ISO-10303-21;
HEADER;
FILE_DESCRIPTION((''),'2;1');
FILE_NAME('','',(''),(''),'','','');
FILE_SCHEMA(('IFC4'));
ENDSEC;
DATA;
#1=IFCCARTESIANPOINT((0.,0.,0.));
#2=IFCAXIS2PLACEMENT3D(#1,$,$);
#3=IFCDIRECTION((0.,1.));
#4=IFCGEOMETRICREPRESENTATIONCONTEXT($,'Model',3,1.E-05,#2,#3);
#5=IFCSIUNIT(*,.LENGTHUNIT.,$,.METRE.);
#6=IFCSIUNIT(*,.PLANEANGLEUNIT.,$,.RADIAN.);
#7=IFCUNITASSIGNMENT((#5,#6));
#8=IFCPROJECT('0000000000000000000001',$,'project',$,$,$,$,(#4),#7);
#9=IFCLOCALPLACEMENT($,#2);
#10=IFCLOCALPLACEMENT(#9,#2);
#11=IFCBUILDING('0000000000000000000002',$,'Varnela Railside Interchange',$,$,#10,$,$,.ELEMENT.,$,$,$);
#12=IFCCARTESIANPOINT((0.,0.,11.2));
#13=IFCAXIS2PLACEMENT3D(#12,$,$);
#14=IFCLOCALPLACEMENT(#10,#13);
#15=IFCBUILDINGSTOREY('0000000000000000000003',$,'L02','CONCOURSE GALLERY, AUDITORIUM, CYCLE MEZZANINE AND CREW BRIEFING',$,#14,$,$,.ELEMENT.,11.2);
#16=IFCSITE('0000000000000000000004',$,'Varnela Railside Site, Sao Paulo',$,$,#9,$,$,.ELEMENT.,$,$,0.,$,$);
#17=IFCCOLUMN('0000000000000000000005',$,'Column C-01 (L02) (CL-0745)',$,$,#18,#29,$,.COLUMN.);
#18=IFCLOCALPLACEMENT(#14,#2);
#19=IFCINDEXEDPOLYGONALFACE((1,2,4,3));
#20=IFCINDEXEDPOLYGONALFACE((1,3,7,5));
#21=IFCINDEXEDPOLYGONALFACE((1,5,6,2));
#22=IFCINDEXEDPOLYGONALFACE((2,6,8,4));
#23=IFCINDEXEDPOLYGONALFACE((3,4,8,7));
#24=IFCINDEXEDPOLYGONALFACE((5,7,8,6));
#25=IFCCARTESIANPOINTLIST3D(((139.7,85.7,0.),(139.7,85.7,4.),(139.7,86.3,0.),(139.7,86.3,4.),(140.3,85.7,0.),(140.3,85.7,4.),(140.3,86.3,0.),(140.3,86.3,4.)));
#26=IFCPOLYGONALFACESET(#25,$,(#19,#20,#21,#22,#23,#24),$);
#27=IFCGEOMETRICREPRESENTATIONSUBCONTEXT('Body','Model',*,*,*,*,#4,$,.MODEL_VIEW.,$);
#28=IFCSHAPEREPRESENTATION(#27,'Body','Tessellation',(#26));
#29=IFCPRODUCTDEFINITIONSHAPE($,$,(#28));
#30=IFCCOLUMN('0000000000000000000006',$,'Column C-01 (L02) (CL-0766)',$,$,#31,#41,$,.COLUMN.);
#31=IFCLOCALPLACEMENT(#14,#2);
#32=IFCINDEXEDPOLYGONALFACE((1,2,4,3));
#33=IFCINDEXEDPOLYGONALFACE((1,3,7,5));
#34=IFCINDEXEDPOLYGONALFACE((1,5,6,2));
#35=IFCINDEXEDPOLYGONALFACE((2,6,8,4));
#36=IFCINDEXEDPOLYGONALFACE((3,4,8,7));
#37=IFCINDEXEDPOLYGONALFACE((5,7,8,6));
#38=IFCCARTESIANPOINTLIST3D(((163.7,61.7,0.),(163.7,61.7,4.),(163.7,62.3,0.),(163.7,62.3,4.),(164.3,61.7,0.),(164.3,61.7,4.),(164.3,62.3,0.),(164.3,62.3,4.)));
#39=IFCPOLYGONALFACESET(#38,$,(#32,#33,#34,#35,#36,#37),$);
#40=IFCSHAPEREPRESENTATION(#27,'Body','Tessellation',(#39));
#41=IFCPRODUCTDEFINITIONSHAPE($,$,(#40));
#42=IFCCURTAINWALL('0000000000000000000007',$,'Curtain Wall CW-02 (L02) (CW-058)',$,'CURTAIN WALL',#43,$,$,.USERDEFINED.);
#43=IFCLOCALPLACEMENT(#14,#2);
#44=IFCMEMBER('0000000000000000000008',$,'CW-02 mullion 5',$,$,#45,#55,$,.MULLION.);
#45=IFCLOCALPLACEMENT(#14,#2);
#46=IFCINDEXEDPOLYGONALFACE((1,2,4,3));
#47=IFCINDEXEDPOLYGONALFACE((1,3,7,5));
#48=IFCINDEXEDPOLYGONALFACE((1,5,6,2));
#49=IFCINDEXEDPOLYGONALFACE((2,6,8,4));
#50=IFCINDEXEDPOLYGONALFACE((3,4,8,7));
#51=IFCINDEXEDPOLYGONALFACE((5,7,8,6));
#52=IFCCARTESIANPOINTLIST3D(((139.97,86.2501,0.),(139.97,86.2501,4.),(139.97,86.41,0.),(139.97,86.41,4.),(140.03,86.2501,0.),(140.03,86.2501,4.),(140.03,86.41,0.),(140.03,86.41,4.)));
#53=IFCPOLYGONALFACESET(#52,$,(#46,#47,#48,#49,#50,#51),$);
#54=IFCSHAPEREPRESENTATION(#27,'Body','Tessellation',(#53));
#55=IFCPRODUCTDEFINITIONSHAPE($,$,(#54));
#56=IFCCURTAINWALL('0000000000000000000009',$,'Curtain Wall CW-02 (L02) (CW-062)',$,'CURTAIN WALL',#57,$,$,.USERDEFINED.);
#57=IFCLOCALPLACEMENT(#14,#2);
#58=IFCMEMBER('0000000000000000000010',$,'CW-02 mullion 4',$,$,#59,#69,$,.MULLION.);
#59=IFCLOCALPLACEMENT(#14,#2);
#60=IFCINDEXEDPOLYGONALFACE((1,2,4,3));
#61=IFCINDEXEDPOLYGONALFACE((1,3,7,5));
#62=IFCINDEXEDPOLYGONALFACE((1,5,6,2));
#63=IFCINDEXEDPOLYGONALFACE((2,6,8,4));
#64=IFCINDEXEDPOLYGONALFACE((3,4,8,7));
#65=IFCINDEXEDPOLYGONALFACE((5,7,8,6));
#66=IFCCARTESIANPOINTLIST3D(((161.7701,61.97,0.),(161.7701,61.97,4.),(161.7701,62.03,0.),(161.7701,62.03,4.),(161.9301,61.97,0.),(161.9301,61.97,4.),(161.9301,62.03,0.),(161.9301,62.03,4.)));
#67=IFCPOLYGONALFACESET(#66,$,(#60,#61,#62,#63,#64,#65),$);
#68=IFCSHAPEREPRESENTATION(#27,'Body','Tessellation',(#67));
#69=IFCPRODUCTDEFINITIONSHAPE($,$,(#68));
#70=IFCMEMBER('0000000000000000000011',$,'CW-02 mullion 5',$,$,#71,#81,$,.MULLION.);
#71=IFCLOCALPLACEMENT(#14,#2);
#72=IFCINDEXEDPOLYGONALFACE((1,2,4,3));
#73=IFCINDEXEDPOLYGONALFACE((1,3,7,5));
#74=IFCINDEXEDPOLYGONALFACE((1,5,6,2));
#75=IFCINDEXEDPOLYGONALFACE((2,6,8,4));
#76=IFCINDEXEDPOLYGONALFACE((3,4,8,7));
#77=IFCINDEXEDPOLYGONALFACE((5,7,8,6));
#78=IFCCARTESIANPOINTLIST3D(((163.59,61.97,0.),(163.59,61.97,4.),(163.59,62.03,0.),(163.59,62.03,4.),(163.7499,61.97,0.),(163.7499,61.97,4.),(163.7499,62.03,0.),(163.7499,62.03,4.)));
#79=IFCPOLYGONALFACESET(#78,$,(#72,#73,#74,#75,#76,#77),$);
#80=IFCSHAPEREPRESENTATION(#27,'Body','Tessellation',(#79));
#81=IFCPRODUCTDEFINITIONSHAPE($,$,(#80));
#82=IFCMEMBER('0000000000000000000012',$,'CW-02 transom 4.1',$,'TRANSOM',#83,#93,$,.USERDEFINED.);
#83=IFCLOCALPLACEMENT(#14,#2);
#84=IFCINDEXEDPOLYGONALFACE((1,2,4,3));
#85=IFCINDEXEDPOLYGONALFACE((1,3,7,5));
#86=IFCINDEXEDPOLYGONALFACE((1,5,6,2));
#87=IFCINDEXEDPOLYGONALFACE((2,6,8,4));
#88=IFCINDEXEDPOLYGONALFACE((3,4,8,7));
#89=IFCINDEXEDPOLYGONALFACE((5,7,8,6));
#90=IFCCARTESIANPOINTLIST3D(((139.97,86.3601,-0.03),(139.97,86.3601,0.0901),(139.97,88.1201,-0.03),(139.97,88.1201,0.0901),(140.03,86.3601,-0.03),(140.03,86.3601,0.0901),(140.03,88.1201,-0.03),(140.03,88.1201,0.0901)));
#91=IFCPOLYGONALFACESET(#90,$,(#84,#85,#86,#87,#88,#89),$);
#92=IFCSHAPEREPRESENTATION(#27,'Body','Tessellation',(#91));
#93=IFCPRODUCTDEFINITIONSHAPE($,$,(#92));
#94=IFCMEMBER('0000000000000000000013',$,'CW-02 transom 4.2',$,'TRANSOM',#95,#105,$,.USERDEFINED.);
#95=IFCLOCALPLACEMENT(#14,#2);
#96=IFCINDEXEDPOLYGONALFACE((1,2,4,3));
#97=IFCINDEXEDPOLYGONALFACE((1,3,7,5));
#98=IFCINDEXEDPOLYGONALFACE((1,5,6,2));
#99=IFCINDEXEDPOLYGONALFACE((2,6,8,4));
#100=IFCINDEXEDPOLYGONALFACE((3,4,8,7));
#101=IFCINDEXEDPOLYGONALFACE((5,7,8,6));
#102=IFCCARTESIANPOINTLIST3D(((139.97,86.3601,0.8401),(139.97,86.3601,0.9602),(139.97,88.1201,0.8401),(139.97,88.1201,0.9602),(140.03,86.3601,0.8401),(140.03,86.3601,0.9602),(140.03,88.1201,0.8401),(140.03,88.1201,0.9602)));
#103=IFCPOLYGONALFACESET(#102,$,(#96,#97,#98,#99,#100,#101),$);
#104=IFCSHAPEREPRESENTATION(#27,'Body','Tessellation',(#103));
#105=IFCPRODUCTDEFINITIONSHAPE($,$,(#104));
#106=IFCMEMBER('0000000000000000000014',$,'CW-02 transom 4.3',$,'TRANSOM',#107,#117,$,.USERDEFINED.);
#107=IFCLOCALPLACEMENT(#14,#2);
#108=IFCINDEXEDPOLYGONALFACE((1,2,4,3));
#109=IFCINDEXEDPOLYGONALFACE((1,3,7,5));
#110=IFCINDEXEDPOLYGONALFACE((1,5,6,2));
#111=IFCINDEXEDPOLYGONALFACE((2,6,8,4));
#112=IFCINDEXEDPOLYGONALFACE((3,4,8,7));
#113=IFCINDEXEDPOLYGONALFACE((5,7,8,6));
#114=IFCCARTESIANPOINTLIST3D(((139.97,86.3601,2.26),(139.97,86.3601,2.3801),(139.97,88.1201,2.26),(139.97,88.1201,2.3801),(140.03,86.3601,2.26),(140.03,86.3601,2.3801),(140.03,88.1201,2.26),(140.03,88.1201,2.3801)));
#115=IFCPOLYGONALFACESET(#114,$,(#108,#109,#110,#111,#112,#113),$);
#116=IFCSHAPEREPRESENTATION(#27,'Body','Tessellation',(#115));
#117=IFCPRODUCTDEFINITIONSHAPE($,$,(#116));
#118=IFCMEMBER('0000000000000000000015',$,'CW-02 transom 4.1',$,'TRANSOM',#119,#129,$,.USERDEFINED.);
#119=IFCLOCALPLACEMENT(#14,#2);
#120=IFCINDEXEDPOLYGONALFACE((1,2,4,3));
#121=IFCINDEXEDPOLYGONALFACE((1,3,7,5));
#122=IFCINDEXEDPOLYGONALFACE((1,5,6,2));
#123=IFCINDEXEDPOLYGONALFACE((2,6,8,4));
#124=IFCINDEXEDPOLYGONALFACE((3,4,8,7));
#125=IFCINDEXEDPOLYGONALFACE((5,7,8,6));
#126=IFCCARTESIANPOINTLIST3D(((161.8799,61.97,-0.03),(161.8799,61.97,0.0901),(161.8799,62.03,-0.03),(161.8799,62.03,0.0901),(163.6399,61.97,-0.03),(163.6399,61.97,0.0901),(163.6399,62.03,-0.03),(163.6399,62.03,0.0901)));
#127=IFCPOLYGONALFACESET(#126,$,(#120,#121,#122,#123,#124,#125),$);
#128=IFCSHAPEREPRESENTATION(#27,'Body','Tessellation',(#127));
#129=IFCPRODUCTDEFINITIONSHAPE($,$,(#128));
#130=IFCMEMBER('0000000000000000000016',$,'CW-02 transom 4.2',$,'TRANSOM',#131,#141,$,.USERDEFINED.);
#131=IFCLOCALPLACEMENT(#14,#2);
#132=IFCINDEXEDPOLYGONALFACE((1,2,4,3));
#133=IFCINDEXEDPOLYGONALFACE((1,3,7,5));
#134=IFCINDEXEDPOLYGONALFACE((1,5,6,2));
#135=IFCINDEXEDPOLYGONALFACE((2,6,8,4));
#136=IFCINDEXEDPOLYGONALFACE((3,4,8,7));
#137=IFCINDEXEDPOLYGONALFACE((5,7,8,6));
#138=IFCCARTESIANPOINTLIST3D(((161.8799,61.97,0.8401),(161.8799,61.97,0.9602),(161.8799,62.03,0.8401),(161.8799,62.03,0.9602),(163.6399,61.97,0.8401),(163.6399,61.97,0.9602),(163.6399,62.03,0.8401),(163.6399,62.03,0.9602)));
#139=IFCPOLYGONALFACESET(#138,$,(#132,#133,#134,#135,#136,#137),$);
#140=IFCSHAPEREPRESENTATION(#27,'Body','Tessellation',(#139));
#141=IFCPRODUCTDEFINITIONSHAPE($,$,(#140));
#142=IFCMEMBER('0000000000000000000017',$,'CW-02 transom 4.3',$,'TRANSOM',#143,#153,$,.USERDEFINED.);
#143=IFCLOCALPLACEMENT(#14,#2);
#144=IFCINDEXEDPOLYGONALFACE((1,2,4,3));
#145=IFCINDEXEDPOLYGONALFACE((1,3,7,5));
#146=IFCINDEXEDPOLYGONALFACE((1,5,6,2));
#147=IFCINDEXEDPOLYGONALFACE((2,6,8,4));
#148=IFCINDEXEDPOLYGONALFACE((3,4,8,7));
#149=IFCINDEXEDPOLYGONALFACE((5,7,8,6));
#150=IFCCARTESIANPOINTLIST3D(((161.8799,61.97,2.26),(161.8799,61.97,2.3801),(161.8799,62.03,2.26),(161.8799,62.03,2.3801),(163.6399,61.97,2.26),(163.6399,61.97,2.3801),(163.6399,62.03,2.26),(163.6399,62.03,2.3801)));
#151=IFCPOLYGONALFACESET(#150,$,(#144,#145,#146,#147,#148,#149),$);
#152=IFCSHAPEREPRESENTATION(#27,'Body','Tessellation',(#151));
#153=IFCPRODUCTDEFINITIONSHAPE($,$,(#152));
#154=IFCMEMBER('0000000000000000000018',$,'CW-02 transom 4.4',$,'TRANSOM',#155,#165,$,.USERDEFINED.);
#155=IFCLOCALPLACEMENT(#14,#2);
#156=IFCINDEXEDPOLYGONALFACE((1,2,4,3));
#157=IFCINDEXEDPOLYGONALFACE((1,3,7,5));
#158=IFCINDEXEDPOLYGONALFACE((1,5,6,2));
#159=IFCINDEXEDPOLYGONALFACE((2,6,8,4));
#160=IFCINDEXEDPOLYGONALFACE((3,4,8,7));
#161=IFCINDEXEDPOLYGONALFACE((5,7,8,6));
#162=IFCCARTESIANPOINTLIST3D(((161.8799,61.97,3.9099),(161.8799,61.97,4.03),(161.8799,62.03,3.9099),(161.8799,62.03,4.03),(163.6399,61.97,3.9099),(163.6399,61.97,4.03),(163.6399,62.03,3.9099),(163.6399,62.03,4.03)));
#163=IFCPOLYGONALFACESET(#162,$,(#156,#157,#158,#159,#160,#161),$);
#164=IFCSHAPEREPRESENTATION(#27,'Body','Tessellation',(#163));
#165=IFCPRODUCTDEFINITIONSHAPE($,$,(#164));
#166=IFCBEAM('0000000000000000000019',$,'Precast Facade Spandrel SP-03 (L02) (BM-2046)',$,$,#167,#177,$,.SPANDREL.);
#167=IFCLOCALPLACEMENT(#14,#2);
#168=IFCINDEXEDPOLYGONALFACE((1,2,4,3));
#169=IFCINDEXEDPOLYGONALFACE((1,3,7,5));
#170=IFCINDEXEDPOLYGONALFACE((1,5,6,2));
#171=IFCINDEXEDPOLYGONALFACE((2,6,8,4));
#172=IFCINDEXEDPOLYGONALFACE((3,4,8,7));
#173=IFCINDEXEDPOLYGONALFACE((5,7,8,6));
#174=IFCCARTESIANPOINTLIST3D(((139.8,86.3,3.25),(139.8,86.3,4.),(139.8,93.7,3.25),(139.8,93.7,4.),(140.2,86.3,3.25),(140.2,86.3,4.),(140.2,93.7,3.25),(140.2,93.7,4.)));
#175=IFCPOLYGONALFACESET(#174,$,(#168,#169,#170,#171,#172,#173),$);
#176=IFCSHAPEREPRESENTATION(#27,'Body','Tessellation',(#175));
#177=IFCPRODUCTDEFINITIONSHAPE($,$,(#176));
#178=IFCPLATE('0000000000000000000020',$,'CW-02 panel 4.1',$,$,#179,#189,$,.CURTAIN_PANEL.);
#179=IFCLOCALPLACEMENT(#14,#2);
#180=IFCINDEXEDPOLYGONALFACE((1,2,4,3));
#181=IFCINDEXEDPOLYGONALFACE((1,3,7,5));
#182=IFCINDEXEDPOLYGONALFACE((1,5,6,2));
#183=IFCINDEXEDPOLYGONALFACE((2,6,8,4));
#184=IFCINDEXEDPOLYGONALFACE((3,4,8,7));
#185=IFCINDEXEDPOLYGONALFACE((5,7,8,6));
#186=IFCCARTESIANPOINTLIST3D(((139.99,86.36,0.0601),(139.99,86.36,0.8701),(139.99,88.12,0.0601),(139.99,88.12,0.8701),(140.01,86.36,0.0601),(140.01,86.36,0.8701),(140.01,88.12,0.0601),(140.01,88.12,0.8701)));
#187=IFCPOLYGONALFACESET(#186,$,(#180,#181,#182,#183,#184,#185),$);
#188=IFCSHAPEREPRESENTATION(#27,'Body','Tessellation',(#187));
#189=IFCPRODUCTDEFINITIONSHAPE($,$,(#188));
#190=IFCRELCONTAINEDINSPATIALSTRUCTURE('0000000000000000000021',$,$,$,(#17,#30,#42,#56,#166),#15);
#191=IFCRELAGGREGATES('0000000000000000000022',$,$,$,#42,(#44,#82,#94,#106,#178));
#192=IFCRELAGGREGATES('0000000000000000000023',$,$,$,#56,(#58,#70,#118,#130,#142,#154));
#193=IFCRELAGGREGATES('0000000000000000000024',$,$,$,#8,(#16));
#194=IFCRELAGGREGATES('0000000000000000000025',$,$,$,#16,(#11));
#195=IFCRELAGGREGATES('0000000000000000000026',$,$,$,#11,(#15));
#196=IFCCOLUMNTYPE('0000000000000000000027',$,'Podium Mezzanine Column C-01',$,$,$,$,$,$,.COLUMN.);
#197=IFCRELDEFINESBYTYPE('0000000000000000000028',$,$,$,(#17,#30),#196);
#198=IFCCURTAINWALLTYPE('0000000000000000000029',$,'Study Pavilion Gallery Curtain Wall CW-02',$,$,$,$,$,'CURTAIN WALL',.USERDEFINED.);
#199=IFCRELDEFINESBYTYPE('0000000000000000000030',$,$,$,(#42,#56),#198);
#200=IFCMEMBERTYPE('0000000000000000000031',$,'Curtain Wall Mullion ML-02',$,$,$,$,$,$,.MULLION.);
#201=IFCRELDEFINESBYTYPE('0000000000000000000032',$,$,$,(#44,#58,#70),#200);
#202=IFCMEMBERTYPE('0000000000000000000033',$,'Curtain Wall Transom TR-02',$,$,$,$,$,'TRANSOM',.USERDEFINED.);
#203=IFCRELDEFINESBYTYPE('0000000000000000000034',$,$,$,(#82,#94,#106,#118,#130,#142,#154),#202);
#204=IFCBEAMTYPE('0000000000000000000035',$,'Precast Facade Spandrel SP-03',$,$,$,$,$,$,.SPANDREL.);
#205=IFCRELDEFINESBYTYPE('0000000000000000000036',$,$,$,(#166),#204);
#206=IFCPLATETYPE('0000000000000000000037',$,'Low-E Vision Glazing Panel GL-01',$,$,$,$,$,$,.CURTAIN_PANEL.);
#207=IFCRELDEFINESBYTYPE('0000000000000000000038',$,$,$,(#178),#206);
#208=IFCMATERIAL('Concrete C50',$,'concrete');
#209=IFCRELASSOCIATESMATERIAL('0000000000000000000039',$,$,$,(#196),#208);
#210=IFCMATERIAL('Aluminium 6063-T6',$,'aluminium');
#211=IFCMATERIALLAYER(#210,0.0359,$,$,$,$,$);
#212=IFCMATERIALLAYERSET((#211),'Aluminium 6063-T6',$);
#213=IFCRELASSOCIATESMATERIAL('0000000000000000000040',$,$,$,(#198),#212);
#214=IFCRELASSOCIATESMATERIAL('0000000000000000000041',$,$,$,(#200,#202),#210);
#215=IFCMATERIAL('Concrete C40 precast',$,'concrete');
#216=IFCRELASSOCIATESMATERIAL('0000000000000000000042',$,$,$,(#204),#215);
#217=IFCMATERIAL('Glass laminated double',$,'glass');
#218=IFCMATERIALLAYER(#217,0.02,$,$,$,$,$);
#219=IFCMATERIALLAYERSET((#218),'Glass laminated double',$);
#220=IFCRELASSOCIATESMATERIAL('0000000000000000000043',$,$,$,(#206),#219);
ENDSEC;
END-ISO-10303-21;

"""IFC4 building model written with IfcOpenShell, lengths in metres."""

from ifc_helpers import new_model, si_unit, direction, frame, origin, origin_2d, place, context, subcontext, project, spatial, rectangle, extrude, material, layer, layer_set, material_profile, profile_set, type_object, element, aggregate, save


model = new_model("IFC4")

# Units and contexts
model_context = context("Model", 3, precision=1e-05, world=origin(), true_north=direction((0.0, 1.0)))
body_context = subcontext(model_context, "Body", "Model", "MODEL_VIEW")
ifc_project = project(units=[si_unit("LENGTHUNIT", "METRE"), si_unit("PLANEANGLEUNIT", "RADIAN")], contexts=[model_context])

# Site, building, storey
site_placement = place(None, origin())
site = spatial("IfcSite", under=ifc_project, at=site_placement, Name="Varnela Railside Site, Sao Paulo", CompositionType="ELEMENT", RefElevation=0.0)
building_placement = place(site_placement, origin())
building = spatial("IfcBuilding", under=site, at=building_placement, Name="Varnela Railside Interchange", CompositionType="ELEMENT")
storey_placement = place(building_placement, frame((0.0, 0.0, 11.2)))
storey = spatial("IfcBuildingStorey", under=building, at=storey_placement, Name="L02", Description="CONCOURSE GALLERY, AUDITORIUM, CYCLE MEZZANINE AND CREW BRIEFING", CompositionType="ELEMENT", Elevation=11.2)

# Columns
ifc_material_1 = material(Name="Concrete C50", Category="concrete")
ifc_material_profile_1 = material_profile(ifc_material_1, rectangle(XDim=0.6001, YDim=0.6001, at=origin_2d()), Name="RC 600x600")
ifc_profile_set_1 = profile_set([ifc_material_profile_1], Name="Concrete C50")
column_type = type_object("IfcColumnType", Name="Podium Mezzanine Column C-01", PredefinedType="COLUMN", material=ifc_profile_set_1)
for number, where, z_axis, x_axis, name in (
    (1, (140.0, 86.0, 0.0), (0.0, 0.0, 1.0), (1.0, 0.0, 0.0), "Column C-01 (L02) (CL-0745)"),
    (2, (164.0, 62.0, 0.0), (0.0, 0.0, 1.0), (1.0, 0.0, 0.0), "Column C-01 (L02) (CL-0766)"),
):
    element("IfcColumn", number, at=place(storey_placement, frame(where, z_axis=z_axis, x_axis=x_axis)), inside=storey, type_object=column_type, Name=name, PredefinedType="COLUMN", context=body_context, shape_type="SweptSolid", body=[
        extrude(rectangle(XDim=0.6001, YDim=0.6001, at=origin_2d()), origin(), (0.0, 0.0, 1.0), 4.0),
    ])

# Curtain wall, member
ifc_material_2 = material(Name="Aluminium 6063-T6", Category="aluminium")
ifc_layer_1 = layer(ifc_material_2, 0.0359)
ifc_layer_set_1 = layer_set([ifc_layer_1], Name="Aluminium 6063-T6")
curtain_wall_type = type_object("IfcCurtainWallType", Name="Study Pavilion Gallery Curtain Wall CW-02", ElementType="CURTAIN WALL", PredefinedType="USERDEFINED", material=ifc_layer_set_1)
curtain_wall_1_placement = place(storey_placement, origin())
curtain_wall_1 = element("IfcCurtainWall", 3, at=curtain_wall_1_placement, inside=storey, type_object=curtain_wall_type, Name="Curtain Wall CW-02 (L02) (CW-058)", ObjectType="CURTAIN WALL", PredefinedType="USERDEFINED")
ifc_material_profile_2 = material_profile(ifc_material_2, rectangle(XDim=0.0601, YDim=0.1599, at=origin_2d()), Name="ALU 60x160")
ifc_profile_set_2 = profile_set([ifc_material_profile_2], Name="Aluminium 6063-T6")
member_type_1 = type_object("IfcMemberType", Name="Curtain Wall Mullion ML-02", PredefinedType="MULLION", material=ifc_profile_set_2)
member_1_placement = place(storey_placement, frame((140.0, 86.3301, 0.0), z_axis=(0.0, 0.0, 1.0), x_axis=(1.0, 0.0, 0.0)))
member_1 = element("IfcMember", 4, at=member_1_placement, type_object=member_type_1, Name="CW-02 mullion 5", PredefinedType="MULLION", context=body_context, shape_type="SweptSolid", body=[
    extrude(rectangle(XDim=0.0601, YDim=0.1599, at=origin_2d()), origin(), (0.0, 0.0, 1.0), 4.0),
])

# Curtain wall, members
curtain_wall_2_placement = place(storey_placement, origin())
curtain_wall_2 = element("IfcCurtainWall", 5, at=curtain_wall_2_placement, inside=storey, type_object=curtain_wall_type, Name="Curtain Wall CW-02 (L02) (CW-062)", ObjectType="CURTAIN WALL", PredefinedType="USERDEFINED")
member_2_placement = place(storey_placement, frame((161.8501, 62.0, 0.0), z_axis=(0.0, 0.0, 1.0), x_axis=(0.0, 1.0, 0.0)))
member_2 = element("IfcMember", 6, at=member_2_placement, type_object=member_type_1, Name="CW-02 mullion 4", PredefinedType="MULLION", context=body_context, shape_type="SweptSolid", body=[
    extrude(rectangle(XDim=0.0601, YDim=0.1599, at=origin_2d()), origin(), (0.0, 0.0, 1.0), 4.0),
])
member_3_placement = place(storey_placement, frame((163.6699, 62.0, 0.0), z_axis=(0.0, 0.0, 1.0), x_axis=(0.0, 1.0, 0.0)))
member_3 = element("IfcMember", 7, at=member_3_placement, type_object=member_type_1, Name="CW-02 mullion 5", PredefinedType="MULLION", context=body_context, shape_type="SweptSolid", body=[
    extrude(rectangle(XDim=0.0601, YDim=0.1599, at=origin_2d()), origin(), (0.0, 0.0, 1.0), 4.0),
])

# Members
ifc_material_profile_3 = material_profile(ifc_material_2, rectangle(XDim=0.0601, YDim=0.1201, at=origin_2d()), Name="ALU 60x120")
ifc_profile_set_3 = profile_set([ifc_material_profile_3], Name="Aluminium 6063-T6")
member_type_2 = type_object("IfcMemberType", Name="Curtain Wall Transom TR-02", ElementType="TRANSOM", PredefinedType="USERDEFINED", material=ifc_profile_set_3)
member_4_placement = place(storey_placement, frame((140.0, 88.1201, 0.03), z_axis=(0.0, -1.0, 0.0), x_axis=(1.0, 0.0, 0.0)))
member_4 = element("IfcMember", 8, at=member_4_placement, type_object=member_type_2, Name="CW-02 transom 4.1", ObjectType="TRANSOM", PredefinedType="USERDEFINED", context=body_context, shape_type="SweptSolid", body=[
    extrude(rectangle(XDim=0.0601, YDim=0.1201, at=origin_2d()), origin(), (0.0, 0.0, 1.0), 1.76),
])
member_5_placement = place(storey_placement, frame((140.0, 88.1201, 0.9001), z_axis=(0.0, -1.0, 0.0), x_axis=(1.0, 0.0, 0.0)))
member_5 = element("IfcMember", 9, at=member_5_placement, type_object=member_type_2, Name="CW-02 transom 4.2", ObjectType="TRANSOM", PredefinedType="USERDEFINED", context=body_context, shape_type="SweptSolid", body=[
    extrude(rectangle(XDim=0.0601, YDim=0.1201, at=origin_2d()), origin(), (0.0, 0.0, 1.0), 1.76),
])
member_6_placement = place(storey_placement, frame((140.0, 88.1201, 2.3201), z_axis=(0.0, -1.0, 0.0), x_axis=(1.0, 0.0, 0.0)))
member_6 = element("IfcMember", 10, at=member_6_placement, type_object=member_type_2, Name="CW-02 transom 4.3", ObjectType="TRANSOM", PredefinedType="USERDEFINED", context=body_context, shape_type="SweptSolid", body=[
    extrude(rectangle(XDim=0.0601, YDim=0.1201, at=origin_2d()), origin(), (0.0, 0.0, 1.0), 1.76),
])
member_7_placement = place(storey_placement, frame((161.8799, 62.0, 0.03), z_axis=(1.0, 0.0, 0.0), x_axis=(0.0, 1.0, 0.0)))
member_7 = element("IfcMember", 11, at=member_7_placement, type_object=member_type_2, Name="CW-02 transom 4.1", ObjectType="TRANSOM", PredefinedType="USERDEFINED", context=body_context, shape_type="SweptSolid", body=[
    extrude(rectangle(XDim=0.0601, YDim=0.1201, at=origin_2d()), origin(), (0.0, 0.0, 1.0), 1.76),
])
member_8_placement = place(storey_placement, frame((161.8799, 62.0, 0.9001), z_axis=(1.0, 0.0, 0.0), x_axis=(0.0, 1.0, 0.0)))
member_8 = element("IfcMember", 12, at=member_8_placement, type_object=member_type_2, Name="CW-02 transom 4.2", ObjectType="TRANSOM", PredefinedType="USERDEFINED", context=body_context, shape_type="SweptSolid", body=[
    extrude(rectangle(XDim=0.0601, YDim=0.1201, at=origin_2d()), origin(), (0.0, 0.0, 1.0), 1.76),
])
member_9_placement = place(storey_placement, frame((161.8799, 62.0, 2.3201), z_axis=(1.0, 0.0, 0.0), x_axis=(0.0, 1.0, 0.0)))
member_9 = element("IfcMember", 13, at=member_9_placement, type_object=member_type_2, Name="CW-02 transom 4.3", ObjectType="TRANSOM", PredefinedType="USERDEFINED", context=body_context, shape_type="SweptSolid", body=[
    extrude(rectangle(XDim=0.0601, YDim=0.1201, at=origin_2d()), origin(), (0.0, 0.0, 1.0), 1.76),
])
member_10_placement = place(storey_placement, frame((161.8799, 62.0, 3.97), z_axis=(1.0, 0.0, 0.0), x_axis=(0.0, 1.0, 0.0)))
member_10 = element("IfcMember", 14, at=member_10_placement, type_object=member_type_2, Name="CW-02 transom 4.4", ObjectType="TRANSOM", PredefinedType="USERDEFINED", context=body_context, shape_type="SweptSolid", body=[
    extrude(rectangle(XDim=0.0601, YDim=0.1201, at=origin_2d()), origin(), (0.0, 0.0, 1.0), 1.76),
])

# Beam
ifc_material_3 = material(Name="Concrete C40 precast", Category="concrete")
ifc_material_profile_4 = material_profile(ifc_material_3, rectangle(XDim=0.3999, YDim=0.75, at=origin_2d()), Name="PC 400x750")
ifc_profile_set_4 = profile_set([ifc_material_profile_4], Name="Concrete C40 precast")
beam_type = type_object("IfcBeamType", Name="Precast Facade Spandrel SP-03", PredefinedType="SPANDREL", material=ifc_profile_set_4)
beam_placement = place(storey_placement, frame((140.0, 86.3, 3.625), z_axis=(0.0, 1.0, 0.0), x_axis=(-1.0, 0.0, 0.0)))
element("IfcBeam", 15, at=beam_placement, inside=storey, type_object=beam_type, Name="Precast Facade Spandrel SP-03 (L02) (BM-2046)", PredefinedType="SPANDREL", context=body_context, shape_type="SweptSolid", body=[
    extrude(rectangle(XDim=0.3999, YDim=0.75, at=origin_2d()), origin(), (0.0, 0.0, 1.0), 7.3999),
])

# Plate
ifc_material_4 = material(Name="Glass laminated double", Category="glass")
ifc_layer_2 = layer(ifc_material_4, 0.02)
ifc_layer_set_2 = layer_set([ifc_layer_2], Name="Glass laminated double")
plate_type = type_object("IfcPlateType", Name="Low-E Vision Glazing Panel GL-01", PredefinedType="CURTAIN_PANEL", material=ifc_layer_set_2)
plate_1_placement = place(storey_placement, frame((140.0, 87.24, 0.0601), z_axis=(0.0, 0.0, 1.0), x_axis=(0.0, -1.0, 0.0)))
plate_1 = element("IfcPlate", 16, at=plate_1_placement, type_object=plate_type, Name="CW-02 panel 4.1", PredefinedType="CURTAIN_PANEL", context=body_context, shape_type="SweptSolid", body=[
    extrude(rectangle(XDim=1.76, YDim=0.02, at=origin_2d()), origin(), (0.0, 0.0, 1.0), 0.8101),
])
aggregate(curtain_wall_1, [member_1, member_4, member_5, member_6, plate_1])
aggregate(curtain_wall_2, [member_2, member_3, member_7, member_8, member_9, member_10])

save(model, "model.ifc")
